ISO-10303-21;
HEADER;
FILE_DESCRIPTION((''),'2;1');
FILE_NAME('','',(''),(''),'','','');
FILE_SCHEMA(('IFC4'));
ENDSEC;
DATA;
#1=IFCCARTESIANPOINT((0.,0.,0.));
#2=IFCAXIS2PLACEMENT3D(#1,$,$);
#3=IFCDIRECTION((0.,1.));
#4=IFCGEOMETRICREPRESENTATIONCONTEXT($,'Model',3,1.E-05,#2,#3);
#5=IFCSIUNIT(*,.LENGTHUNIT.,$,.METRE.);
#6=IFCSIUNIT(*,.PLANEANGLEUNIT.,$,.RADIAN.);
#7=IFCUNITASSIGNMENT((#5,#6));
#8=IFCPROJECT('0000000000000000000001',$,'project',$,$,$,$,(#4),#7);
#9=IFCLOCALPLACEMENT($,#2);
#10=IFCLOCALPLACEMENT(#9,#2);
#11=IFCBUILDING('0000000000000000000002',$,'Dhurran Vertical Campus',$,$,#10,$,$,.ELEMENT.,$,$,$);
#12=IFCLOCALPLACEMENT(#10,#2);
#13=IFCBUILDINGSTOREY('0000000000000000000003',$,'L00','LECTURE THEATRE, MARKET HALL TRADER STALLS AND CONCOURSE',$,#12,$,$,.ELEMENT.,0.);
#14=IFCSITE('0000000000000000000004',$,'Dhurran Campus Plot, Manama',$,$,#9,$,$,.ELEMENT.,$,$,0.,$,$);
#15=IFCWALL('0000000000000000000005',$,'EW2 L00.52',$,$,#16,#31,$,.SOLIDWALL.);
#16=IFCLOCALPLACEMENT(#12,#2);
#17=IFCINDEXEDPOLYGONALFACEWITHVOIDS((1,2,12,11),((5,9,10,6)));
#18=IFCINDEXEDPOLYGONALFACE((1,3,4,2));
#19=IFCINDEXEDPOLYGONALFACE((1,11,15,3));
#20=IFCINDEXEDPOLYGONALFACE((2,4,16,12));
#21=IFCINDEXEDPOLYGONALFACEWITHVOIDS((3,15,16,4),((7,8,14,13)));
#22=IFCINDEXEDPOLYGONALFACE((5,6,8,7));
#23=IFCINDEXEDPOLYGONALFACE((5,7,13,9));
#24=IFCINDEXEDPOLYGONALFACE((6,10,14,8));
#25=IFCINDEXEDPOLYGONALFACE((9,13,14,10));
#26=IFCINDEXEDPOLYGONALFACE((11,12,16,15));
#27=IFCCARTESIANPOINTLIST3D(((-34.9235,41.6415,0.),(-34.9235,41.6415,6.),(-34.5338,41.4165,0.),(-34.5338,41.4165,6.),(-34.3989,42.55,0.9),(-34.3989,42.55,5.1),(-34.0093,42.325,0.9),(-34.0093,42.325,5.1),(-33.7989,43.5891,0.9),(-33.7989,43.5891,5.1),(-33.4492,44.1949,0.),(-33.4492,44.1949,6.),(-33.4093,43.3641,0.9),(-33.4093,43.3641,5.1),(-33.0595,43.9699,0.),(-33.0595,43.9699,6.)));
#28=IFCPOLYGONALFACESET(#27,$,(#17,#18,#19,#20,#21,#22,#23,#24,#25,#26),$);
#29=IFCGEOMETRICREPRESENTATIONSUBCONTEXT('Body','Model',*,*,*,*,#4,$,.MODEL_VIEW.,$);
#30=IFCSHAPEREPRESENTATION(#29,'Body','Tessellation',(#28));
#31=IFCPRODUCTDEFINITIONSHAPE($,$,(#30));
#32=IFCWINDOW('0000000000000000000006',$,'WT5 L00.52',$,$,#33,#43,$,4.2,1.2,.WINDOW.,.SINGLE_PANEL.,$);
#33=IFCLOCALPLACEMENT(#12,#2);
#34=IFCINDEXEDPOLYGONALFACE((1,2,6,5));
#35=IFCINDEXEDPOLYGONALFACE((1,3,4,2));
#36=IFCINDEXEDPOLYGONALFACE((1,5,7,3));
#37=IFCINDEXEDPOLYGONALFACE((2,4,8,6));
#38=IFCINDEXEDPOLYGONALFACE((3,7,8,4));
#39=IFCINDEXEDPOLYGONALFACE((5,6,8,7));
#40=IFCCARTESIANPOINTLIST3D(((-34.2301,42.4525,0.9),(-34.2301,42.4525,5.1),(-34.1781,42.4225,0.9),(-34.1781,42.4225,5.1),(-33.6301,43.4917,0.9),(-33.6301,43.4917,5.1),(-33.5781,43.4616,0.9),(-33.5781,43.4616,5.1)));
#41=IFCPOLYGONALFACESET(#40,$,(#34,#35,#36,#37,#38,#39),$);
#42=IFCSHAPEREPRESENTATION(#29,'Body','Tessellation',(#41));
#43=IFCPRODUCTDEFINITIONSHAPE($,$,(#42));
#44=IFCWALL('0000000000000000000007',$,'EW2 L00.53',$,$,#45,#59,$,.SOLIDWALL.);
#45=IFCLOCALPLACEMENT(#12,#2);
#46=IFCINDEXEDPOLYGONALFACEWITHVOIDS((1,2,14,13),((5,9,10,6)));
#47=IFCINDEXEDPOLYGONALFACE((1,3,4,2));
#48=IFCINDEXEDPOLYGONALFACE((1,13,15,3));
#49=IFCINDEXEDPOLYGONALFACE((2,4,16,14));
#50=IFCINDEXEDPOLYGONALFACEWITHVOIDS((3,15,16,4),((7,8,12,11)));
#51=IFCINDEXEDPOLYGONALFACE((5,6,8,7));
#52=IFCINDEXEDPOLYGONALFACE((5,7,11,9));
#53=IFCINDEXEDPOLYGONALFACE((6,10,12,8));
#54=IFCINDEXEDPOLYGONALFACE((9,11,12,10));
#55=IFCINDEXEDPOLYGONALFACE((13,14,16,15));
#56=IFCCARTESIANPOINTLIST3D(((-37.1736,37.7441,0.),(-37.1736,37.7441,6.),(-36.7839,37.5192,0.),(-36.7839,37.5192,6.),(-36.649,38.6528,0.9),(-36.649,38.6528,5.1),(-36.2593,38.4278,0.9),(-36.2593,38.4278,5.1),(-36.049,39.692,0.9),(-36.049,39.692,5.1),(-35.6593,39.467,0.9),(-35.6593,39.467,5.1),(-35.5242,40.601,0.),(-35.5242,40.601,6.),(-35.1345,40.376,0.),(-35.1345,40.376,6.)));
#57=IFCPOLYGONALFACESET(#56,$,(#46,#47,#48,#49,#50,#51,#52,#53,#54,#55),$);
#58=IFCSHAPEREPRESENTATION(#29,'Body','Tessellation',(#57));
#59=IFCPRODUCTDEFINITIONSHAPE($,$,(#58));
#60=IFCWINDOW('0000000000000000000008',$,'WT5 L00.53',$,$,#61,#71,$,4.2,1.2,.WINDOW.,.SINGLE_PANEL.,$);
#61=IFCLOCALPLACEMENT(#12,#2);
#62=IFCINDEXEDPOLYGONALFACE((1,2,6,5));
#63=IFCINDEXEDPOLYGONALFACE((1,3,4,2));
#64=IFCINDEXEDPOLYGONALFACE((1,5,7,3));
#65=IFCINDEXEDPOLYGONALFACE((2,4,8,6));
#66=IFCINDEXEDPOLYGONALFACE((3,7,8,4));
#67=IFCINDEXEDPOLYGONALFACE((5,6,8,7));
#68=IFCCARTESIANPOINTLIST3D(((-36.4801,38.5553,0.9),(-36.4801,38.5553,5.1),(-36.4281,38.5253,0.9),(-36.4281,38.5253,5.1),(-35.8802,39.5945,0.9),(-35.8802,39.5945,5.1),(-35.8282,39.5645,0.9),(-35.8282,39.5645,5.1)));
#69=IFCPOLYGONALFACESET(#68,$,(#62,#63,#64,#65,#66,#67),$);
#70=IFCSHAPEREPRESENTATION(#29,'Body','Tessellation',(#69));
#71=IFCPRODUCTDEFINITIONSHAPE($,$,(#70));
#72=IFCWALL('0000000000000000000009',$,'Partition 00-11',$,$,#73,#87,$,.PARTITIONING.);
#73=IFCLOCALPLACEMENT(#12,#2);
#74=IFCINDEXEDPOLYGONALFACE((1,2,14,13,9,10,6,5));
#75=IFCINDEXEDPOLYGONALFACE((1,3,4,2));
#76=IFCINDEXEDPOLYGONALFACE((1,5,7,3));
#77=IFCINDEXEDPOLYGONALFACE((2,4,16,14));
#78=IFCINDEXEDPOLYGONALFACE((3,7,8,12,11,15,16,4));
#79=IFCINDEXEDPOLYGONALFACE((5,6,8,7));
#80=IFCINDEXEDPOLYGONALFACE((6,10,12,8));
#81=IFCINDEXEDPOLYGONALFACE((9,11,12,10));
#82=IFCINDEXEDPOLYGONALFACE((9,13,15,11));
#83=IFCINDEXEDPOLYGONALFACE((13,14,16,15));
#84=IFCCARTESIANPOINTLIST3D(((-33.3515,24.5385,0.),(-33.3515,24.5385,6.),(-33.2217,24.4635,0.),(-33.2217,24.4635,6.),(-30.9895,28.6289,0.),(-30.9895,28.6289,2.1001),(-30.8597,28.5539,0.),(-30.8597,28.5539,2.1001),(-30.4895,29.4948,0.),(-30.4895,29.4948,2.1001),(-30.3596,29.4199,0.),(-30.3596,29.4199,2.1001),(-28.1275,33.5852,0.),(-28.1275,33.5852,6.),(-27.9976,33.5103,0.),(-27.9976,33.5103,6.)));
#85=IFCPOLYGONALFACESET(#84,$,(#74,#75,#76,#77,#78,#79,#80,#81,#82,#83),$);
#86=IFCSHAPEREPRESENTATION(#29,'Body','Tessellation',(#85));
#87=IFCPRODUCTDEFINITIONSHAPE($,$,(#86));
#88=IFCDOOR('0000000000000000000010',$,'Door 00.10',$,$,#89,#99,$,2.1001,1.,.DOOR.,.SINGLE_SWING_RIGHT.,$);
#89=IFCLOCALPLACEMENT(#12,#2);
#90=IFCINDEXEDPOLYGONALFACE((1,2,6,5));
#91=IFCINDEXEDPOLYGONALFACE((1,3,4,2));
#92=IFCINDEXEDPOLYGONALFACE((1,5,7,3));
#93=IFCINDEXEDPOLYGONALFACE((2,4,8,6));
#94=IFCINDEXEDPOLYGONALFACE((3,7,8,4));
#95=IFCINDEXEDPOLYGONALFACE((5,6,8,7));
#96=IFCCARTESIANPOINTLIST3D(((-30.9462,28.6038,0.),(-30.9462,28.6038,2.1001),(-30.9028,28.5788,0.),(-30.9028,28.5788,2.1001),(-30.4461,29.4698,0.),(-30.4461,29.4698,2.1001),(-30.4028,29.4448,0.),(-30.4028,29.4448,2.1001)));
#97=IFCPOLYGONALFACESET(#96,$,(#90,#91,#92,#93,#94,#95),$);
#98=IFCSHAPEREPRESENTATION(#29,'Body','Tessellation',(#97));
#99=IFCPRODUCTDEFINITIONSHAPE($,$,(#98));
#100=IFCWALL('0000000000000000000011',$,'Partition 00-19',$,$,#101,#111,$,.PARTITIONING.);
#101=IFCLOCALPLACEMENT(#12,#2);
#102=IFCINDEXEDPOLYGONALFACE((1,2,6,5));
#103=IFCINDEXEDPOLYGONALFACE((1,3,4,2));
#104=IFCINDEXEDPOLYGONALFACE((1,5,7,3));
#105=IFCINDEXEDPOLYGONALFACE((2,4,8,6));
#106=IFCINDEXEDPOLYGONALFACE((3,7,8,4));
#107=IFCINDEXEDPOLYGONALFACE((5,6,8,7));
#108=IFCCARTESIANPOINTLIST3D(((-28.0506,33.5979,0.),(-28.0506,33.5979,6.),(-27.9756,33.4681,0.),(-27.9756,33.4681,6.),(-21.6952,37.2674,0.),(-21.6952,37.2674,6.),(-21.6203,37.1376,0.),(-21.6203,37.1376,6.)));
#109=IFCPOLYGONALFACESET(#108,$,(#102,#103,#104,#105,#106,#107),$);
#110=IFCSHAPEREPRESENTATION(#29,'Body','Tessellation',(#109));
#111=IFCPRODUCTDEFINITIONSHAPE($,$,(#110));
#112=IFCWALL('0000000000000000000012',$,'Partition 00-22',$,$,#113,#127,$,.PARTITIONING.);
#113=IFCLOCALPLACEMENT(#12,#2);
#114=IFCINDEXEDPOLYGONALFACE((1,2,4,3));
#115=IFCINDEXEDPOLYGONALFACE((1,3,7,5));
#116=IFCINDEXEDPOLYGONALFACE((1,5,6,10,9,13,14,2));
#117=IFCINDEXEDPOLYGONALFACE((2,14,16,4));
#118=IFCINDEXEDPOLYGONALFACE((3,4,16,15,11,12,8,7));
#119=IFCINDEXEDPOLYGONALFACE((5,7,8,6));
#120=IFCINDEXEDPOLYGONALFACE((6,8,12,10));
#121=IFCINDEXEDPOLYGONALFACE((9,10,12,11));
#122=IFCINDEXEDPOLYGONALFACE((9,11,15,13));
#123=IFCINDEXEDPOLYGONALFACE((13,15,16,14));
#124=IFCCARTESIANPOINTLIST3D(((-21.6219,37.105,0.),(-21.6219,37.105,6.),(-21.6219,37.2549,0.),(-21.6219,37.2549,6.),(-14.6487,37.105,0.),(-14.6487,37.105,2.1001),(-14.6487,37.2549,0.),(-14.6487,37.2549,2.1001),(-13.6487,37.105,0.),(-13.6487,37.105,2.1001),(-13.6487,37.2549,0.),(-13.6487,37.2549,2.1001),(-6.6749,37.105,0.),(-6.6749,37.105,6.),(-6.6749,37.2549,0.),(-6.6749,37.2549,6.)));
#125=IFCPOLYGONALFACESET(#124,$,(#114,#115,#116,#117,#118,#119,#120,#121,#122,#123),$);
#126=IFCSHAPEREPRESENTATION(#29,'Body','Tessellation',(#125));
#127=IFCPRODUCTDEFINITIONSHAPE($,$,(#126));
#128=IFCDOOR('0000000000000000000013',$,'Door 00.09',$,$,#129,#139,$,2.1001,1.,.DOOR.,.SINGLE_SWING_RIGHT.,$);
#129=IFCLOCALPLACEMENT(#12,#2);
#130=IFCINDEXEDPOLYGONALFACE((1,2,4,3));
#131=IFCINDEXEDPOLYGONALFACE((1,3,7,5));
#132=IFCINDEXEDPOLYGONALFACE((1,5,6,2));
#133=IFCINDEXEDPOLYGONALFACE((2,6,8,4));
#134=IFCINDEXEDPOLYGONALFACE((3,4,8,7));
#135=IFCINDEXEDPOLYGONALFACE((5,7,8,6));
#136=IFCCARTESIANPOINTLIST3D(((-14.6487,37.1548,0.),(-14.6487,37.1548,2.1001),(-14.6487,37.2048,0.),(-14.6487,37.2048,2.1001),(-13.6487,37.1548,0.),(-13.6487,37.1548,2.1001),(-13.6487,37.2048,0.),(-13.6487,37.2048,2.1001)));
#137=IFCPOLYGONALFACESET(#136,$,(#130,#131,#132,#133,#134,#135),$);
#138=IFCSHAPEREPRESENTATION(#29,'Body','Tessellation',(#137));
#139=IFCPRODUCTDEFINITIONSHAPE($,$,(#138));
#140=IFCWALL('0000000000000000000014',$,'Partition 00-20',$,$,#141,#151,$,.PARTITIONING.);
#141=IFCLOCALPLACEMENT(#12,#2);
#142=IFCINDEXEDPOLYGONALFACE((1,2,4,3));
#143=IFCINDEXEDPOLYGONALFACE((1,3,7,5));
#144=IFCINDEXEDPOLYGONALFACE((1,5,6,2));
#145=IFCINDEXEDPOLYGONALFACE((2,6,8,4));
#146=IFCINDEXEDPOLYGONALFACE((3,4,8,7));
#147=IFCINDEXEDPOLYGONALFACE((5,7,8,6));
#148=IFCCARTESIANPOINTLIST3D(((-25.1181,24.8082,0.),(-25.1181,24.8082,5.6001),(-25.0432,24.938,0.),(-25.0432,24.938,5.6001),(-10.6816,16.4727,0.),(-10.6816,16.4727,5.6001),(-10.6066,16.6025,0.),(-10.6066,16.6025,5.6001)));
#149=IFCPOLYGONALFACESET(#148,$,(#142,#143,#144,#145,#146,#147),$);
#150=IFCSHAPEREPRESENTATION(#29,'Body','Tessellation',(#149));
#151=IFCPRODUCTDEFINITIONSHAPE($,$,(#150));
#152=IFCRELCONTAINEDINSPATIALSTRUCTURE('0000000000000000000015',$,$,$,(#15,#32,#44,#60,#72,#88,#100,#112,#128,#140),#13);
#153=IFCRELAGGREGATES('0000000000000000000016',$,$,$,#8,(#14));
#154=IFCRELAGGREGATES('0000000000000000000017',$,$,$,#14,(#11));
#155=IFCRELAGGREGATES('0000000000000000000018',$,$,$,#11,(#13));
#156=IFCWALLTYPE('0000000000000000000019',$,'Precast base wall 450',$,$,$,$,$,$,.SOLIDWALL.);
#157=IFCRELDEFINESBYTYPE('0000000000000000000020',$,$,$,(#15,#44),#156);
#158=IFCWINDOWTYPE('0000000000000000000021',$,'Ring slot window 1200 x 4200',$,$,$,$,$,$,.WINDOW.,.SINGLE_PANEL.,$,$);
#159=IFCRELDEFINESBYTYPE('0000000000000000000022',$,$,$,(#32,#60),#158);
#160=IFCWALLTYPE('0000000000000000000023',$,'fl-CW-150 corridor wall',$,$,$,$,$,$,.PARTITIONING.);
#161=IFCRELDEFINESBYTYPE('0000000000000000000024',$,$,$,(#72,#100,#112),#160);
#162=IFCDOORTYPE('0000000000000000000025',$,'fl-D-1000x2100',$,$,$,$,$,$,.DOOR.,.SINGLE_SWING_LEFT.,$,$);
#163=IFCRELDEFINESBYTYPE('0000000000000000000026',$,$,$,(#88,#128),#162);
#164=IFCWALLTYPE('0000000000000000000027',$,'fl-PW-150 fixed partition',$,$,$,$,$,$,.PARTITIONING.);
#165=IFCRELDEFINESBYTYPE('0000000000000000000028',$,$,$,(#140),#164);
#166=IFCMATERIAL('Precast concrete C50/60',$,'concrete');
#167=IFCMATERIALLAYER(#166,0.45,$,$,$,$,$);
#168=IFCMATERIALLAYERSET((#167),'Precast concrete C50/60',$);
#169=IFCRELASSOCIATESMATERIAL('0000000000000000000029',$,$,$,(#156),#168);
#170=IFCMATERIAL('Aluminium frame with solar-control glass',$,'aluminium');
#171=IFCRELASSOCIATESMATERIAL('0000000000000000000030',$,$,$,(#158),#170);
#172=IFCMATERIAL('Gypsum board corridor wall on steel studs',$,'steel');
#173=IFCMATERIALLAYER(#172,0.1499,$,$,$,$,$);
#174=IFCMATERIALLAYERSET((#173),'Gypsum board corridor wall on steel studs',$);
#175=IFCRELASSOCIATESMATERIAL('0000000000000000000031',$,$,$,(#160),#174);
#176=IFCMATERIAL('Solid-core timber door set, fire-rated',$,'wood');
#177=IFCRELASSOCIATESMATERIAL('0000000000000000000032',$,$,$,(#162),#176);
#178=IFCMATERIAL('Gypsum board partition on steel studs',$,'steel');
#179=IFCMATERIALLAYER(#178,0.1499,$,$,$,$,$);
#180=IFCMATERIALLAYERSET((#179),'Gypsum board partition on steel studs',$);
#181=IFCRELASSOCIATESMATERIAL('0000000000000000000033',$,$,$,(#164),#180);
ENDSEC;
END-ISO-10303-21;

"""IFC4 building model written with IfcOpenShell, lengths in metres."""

from ifc_helpers import new_model, si_unit, direction, frame, frame_2d, origin, place, context, subcontext, project, spatial, rectangle, extrude, material, layer, layer_set, type_object, element, fill, save


model = new_model("IFC4")

# Units and contexts
model_context = context("Model", 3, precision=1e-05, world=origin(), true_north=direction((0.0, 1.0)))
body_context = subcontext(model_context, "Body", "Model", "MODEL_VIEW")
ifc_project = project(units=[si_unit("LENGTHUNIT", "METRE"), si_unit("PLANEANGLEUNIT", "RADIAN")], contexts=[model_context])

# Site, building, storey
site_placement = place(None, origin())
site = spatial("IfcSite", under=ifc_project, at=site_placement, Name="Dhurran Campus Plot, Manama", CompositionType="ELEMENT", RefElevation=0.0)
building_placement = place(site_placement, origin())
building = spatial("IfcBuilding", under=site, at=building_placement, Name="Dhurran Vertical Campus", CompositionType="ELEMENT")
storey_placement = place(building_placement, origin())
storey = spatial("IfcBuildingStorey", under=building, at=storey_placement, Name="L00", Description="LECTURE THEATRE, MARKET HALL TRADER STALLS AND CONCOURSE", CompositionType="ELEMENT", Elevation=0.0)

# Walls, openings, windows
ifc_material_1 = material(Name="Precast concrete C50/60", Category="concrete")
ifc_layer_1 = layer(ifc_material_1, 0.45)
ifc_layer_set_1 = layer_set([ifc_layer_1], Name="Precast concrete C50/60")
wall_type_1 = type_object("IfcWallType", Name="Precast base wall 450", PredefinedType="SOLIDWALL", material=ifc_layer_set_1)
ifc_material_2 = material(Name="Aluminium frame with solar-control glass", Category="aluminium")
window_type = type_object("IfcWindowType", Name="Ring slot window 1200 x 4200", PartitioningType="SINGLE_PANEL", PredefinedType="WINDOW", material=ifc_material_2)
wall_1_placement = place(storey_placement, frame((-33.2544, 44.0823, 0.0), z_axis=(0.0, 0.0, 1.0), x_axis=(-0.500031, -0.866008, 0.0)))
wall_1 = element("IfcWall", 1, at=wall_1_placement, inside=storey, type_object=wall_type_1, Name="EW2 L00.52", PredefinedType="SOLIDWALL", context=body_context, shape_type="SweptSolid", body=[
    extrude(rectangle(XDim=2.9485, YDim=0.45, at=frame_2d((1.4741, 0.0))), origin(), (0.0, 0.0, 1.0), 6.0),
])
opening_1_placement = place(wall_1_placement, frame((0.6992, 0.0, 0.8999)))
opening_1 = element("IfcOpeningElement", 2, at=opening_1_placement, cuts=wall_1, PredefinedType="OPENING", context=body_context, shape_type="SweptSolid", body=[
    extrude(rectangle(XDim=1.2, YDim=4.2, at=frame_2d((0.6001, 2.1001))), frame((0.0, 0.2349, 0.0), z_axis=(0.0, -1.0, 0.0), x_axis=(1.0, 0.0, 0.0)), (0.0, 0.0, 1.0), 0.47),
])
window_1_placement = place(opening_1_placement, origin())
window_1 = element("IfcWindow", 3, at=window_1_placement, inside=storey, type_object=window_type, Name="WT5 L00.52", OverallHeight=4.2, OverallWidth=1.2, PartitioningType="SINGLE_PANEL", PredefinedType="WINDOW", context=body_context, shape_type="SweptSolid", body=[
    extrude(rectangle(XDim=1.2, YDim=4.2, at=frame_2d((0.6001, 2.1001))), frame((0.0, 0.03, 0.0), z_axis=(0.0, -1.0, 0.0), x_axis=(1.0, 0.0, 0.0)), (0.0, 0.0, 1.0), 0.0601),
])
fill(opening_1, window_1)
wall_2_placement = place(storey_placement, frame((-35.3293, 40.4885, 0.0), z_axis=(0.0, 0.0, 1.0), x_axis=(-0.499992, -0.86603, 0.0)))
wall_2 = element("IfcWall", 4, at=wall_2_placement, inside=storey, type_object=wall_type_1, Name="EW2 L00.53", PredefinedType="SOLIDWALL", context=body_context, shape_type="SweptSolid", body=[
    extrude(rectangle(XDim=3.2988, YDim=0.45, at=frame_2d((1.6494, 0.0))), origin(), (0.0, 0.0, 1.0), 6.0),
])
opening_2_placement = place(wall_2_placement, frame((1.0496, 0.0, 0.8999)))
opening_2 = element("IfcOpeningElement", 5, at=opening_2_placement, cuts=wall_2, PredefinedType="OPENING", context=body_context, shape_type="SweptSolid", body=[
    extrude(rectangle(XDim=1.2, YDim=4.2, at=frame_2d((0.6001, 2.1001))), frame((0.0, 0.2349, 0.0), z_axis=(0.0, -1.0, 0.0), x_axis=(1.0, 0.0, 0.0)), (0.0, 0.0, 1.0), 0.47),
])
window_2_placement = place(opening_2_placement, origin())
window_2 = element("IfcWindow", 6, at=window_2_placement, inside=storey, type_object=window_type, Name="WT5 L00.53", OverallHeight=4.2, OverallWidth=1.2, PartitioningType="SINGLE_PANEL", PredefinedType="WINDOW", context=body_context, shape_type="SweptSolid", body=[
    extrude(rectangle(XDim=1.2, YDim=4.2, at=frame_2d((0.6001, 2.1001))), frame((0.0, 0.03, 0.0), z_axis=(0.0, -1.0, 0.0), x_axis=(1.0, 0.0, 0.0)), (0.0, 0.0, 1.0), 0.0601),
])
fill(opening_2, window_2)

# Wall, opening, door
ifc_material_3 = material(Name="Gypsum board corridor wall on steel studs", Category="steel")
ifc_layer_2 = layer(ifc_material_3, 0.1499)
ifc_layer_set_2 = layer_set([ifc_layer_2], Name="Gypsum board corridor wall on steel studs")
wall_type_2 = type_object("IfcWallType", Name="fl-CW-150 corridor wall", PredefinedType="PARTITIONING", material=ifc_layer_set_2)
wall_3_placement = place(storey_placement, frame((-33.2866, 24.501, 0.0), z_axis=(0.0, 0.0, 1.0), x_axis=(0.500065, 0.865988, 0.0)))
wall_3 = element("IfcWall", 7, at=wall_3_placement, inside=storey, type_object=wall_type_2, Name="Partition 00-11", PredefinedType="PARTITIONING", context=body_context, shape_type="SweptSolid", body=[
    extrude(rectangle(XDim=10.4468, YDim=0.1499, at=frame_2d((5.2234, 0.0))), origin(), (0.0, 0.0, 1.0), 6.0),
])
opening_3_placement = place(wall_3_placement, frame((4.7234, 0.0, 0.0)))
opening_3 = element("IfcOpeningElement", 8, at=opening_3_placement, cuts=wall_3, PredefinedType="OPENING", context=body_context, shape_type="SweptSolid", body=[
    extrude(rectangle(XDim=1.0, YDim=2.1001, at=frame_2d((0.5, 1.05))), frame((0.0, 0.085, 0.0), z_axis=(0.0, -1.0, 0.0), x_axis=(1.0, 0.0, 0.0)), (0.0, 0.0, 1.0), 0.1699),
])
ifc_material_4 = material(Name="Solid-core timber door set, fire-rated", Category="wood")
door_type = type_object("IfcDoorType", Name="fl-D-1000x2100", OperationType="SINGLE_SWING_LEFT", PredefinedType="DOOR", material=ifc_material_4)
door_1_placement = place(opening_3_placement, origin())
door_1 = element("IfcDoor", 9, at=door_1_placement, inside=storey, type_object=door_type, Name="Door 00.10", OperationType="SINGLE_SWING_RIGHT", OverallHeight=2.1001, OverallWidth=1.0, PredefinedType="DOOR", context=body_context, shape_type="SweptSolid", body=[
    extrude(rectangle(XDim=1.0, YDim=2.1001, at=frame_2d((0.5, 1.05))), frame((0.0, 0.0249, 0.0), z_axis=(0.0, -1.0, 0.0), x_axis=(1.0, 0.0, 0.0)), (0.0, 0.0, 1.0), 0.05),
])
fill(opening_3, door_1)

# Wall
wall_4_placement = place(storey_placement, frame((-28.0132, 33.533, 0.0), z_axis=(0.0, 0.0, 1.0), x_axis=(0.866011, 0.500025, 0.0)))
element("IfcWall", 10, at=wall_4_placement, inside=storey, type_object=wall_type_2, Name="Partition 00-19", PredefinedType="PARTITIONING", context=body_context, shape_type="SweptSolid", body=[
    extrude(rectangle(XDim=7.3386, YDim=0.1499, at=frame_2d((3.6694, 0.0))), origin(), (0.0, 0.0, 1.0), 6.0),
])

# Wall, opening, door
wall_5_placement = place(storey_placement, frame((-21.6221, 37.1799, 0.0), z_axis=(0.0, 0.0, 1.0), x_axis=(1.0, 0.0, 0.0)))
wall_5 = element("IfcWall", 11, at=wall_5_placement, inside=storey, type_object=wall_type_2, Name="Partition 00-22", PredefinedType="PARTITIONING", context=body_context, shape_type="SweptSolid", body=[
    extrude(rectangle(XDim=14.947, YDim=0.1499, at=frame_2d((7.4736, 0.0))), origin(), (0.0, 0.0, 1.0), 6.0),
])
opening_4_placement = place(wall_5_placement, frame((6.9734, 0.0, 0.0)))
opening_4 = element("IfcOpeningElement", 12, at=opening_4_placement, cuts=wall_5, PredefinedType="OPENING", context=body_context, shape_type="SweptSolid", body=[
    extrude(rectangle(XDim=1.0, YDim=2.1001, at=frame_2d((0.5, 1.05))), frame((0.0, 0.085, 0.0), z_axis=(0.0, -1.0, 0.0), x_axis=(1.0, 0.0, 0.0)), (0.0, 0.0, 1.0), 0.1699),
])
door_2_placement = place(opening_4_placement, origin())
door_2 = element("IfcDoor", 13, at=door_2_placement, inside=storey, type_object=door_type, Name="Door 00.09", OperationType="SINGLE_SWING_RIGHT", OverallHeight=2.1001, OverallWidth=1.0, PredefinedType="DOOR", context=body_context, shape_type="SweptSolid", body=[
    extrude(rectangle(XDim=1.0, YDim=2.1001, at=frame_2d((0.5, 1.05))), frame((0.0, 0.0249, 0.0), z_axis=(0.0, -1.0, 0.0), x_axis=(1.0, 0.0, 0.0)), (0.0, 0.0, 1.0), 0.05),
])
fill(opening_4, door_2)

# Wall
ifc_material_5 = material(Name="Gypsum board partition on steel studs", Category="steel")
ifc_layer_3 = layer(ifc_material_5, 0.1499)
ifc_layer_set_3 = layer_set([ifc_layer_3], Name="Gypsum board partition on steel studs")
wall_type_3 = type_object("IfcWallType", Name="fl-PW-150 fixed partition", PredefinedType="PARTITIONING", material=ifc_layer_set_3)
wall_6_placement = place(storey_placement, frame((-25.0806, 24.873, 0.0), z_axis=(0.0, 0.0, 1.0), x_axis=(0.866012, -0.500023, 0.0)))
element("IfcWall", 14, at=wall_6_placement, inside=storey, type_object=wall_type_3, Name="Partition 00-20", PredefinedType="PARTITIONING", context=body_context, shape_type="SweptSolid", body=[
    extrude(rectangle(XDim=16.6702, YDim=0.1499, at=frame_2d((8.335, 0.0))), origin(), (0.0, 0.0, 1.0), 5.6001),
])

save(model, "model.ifc")
